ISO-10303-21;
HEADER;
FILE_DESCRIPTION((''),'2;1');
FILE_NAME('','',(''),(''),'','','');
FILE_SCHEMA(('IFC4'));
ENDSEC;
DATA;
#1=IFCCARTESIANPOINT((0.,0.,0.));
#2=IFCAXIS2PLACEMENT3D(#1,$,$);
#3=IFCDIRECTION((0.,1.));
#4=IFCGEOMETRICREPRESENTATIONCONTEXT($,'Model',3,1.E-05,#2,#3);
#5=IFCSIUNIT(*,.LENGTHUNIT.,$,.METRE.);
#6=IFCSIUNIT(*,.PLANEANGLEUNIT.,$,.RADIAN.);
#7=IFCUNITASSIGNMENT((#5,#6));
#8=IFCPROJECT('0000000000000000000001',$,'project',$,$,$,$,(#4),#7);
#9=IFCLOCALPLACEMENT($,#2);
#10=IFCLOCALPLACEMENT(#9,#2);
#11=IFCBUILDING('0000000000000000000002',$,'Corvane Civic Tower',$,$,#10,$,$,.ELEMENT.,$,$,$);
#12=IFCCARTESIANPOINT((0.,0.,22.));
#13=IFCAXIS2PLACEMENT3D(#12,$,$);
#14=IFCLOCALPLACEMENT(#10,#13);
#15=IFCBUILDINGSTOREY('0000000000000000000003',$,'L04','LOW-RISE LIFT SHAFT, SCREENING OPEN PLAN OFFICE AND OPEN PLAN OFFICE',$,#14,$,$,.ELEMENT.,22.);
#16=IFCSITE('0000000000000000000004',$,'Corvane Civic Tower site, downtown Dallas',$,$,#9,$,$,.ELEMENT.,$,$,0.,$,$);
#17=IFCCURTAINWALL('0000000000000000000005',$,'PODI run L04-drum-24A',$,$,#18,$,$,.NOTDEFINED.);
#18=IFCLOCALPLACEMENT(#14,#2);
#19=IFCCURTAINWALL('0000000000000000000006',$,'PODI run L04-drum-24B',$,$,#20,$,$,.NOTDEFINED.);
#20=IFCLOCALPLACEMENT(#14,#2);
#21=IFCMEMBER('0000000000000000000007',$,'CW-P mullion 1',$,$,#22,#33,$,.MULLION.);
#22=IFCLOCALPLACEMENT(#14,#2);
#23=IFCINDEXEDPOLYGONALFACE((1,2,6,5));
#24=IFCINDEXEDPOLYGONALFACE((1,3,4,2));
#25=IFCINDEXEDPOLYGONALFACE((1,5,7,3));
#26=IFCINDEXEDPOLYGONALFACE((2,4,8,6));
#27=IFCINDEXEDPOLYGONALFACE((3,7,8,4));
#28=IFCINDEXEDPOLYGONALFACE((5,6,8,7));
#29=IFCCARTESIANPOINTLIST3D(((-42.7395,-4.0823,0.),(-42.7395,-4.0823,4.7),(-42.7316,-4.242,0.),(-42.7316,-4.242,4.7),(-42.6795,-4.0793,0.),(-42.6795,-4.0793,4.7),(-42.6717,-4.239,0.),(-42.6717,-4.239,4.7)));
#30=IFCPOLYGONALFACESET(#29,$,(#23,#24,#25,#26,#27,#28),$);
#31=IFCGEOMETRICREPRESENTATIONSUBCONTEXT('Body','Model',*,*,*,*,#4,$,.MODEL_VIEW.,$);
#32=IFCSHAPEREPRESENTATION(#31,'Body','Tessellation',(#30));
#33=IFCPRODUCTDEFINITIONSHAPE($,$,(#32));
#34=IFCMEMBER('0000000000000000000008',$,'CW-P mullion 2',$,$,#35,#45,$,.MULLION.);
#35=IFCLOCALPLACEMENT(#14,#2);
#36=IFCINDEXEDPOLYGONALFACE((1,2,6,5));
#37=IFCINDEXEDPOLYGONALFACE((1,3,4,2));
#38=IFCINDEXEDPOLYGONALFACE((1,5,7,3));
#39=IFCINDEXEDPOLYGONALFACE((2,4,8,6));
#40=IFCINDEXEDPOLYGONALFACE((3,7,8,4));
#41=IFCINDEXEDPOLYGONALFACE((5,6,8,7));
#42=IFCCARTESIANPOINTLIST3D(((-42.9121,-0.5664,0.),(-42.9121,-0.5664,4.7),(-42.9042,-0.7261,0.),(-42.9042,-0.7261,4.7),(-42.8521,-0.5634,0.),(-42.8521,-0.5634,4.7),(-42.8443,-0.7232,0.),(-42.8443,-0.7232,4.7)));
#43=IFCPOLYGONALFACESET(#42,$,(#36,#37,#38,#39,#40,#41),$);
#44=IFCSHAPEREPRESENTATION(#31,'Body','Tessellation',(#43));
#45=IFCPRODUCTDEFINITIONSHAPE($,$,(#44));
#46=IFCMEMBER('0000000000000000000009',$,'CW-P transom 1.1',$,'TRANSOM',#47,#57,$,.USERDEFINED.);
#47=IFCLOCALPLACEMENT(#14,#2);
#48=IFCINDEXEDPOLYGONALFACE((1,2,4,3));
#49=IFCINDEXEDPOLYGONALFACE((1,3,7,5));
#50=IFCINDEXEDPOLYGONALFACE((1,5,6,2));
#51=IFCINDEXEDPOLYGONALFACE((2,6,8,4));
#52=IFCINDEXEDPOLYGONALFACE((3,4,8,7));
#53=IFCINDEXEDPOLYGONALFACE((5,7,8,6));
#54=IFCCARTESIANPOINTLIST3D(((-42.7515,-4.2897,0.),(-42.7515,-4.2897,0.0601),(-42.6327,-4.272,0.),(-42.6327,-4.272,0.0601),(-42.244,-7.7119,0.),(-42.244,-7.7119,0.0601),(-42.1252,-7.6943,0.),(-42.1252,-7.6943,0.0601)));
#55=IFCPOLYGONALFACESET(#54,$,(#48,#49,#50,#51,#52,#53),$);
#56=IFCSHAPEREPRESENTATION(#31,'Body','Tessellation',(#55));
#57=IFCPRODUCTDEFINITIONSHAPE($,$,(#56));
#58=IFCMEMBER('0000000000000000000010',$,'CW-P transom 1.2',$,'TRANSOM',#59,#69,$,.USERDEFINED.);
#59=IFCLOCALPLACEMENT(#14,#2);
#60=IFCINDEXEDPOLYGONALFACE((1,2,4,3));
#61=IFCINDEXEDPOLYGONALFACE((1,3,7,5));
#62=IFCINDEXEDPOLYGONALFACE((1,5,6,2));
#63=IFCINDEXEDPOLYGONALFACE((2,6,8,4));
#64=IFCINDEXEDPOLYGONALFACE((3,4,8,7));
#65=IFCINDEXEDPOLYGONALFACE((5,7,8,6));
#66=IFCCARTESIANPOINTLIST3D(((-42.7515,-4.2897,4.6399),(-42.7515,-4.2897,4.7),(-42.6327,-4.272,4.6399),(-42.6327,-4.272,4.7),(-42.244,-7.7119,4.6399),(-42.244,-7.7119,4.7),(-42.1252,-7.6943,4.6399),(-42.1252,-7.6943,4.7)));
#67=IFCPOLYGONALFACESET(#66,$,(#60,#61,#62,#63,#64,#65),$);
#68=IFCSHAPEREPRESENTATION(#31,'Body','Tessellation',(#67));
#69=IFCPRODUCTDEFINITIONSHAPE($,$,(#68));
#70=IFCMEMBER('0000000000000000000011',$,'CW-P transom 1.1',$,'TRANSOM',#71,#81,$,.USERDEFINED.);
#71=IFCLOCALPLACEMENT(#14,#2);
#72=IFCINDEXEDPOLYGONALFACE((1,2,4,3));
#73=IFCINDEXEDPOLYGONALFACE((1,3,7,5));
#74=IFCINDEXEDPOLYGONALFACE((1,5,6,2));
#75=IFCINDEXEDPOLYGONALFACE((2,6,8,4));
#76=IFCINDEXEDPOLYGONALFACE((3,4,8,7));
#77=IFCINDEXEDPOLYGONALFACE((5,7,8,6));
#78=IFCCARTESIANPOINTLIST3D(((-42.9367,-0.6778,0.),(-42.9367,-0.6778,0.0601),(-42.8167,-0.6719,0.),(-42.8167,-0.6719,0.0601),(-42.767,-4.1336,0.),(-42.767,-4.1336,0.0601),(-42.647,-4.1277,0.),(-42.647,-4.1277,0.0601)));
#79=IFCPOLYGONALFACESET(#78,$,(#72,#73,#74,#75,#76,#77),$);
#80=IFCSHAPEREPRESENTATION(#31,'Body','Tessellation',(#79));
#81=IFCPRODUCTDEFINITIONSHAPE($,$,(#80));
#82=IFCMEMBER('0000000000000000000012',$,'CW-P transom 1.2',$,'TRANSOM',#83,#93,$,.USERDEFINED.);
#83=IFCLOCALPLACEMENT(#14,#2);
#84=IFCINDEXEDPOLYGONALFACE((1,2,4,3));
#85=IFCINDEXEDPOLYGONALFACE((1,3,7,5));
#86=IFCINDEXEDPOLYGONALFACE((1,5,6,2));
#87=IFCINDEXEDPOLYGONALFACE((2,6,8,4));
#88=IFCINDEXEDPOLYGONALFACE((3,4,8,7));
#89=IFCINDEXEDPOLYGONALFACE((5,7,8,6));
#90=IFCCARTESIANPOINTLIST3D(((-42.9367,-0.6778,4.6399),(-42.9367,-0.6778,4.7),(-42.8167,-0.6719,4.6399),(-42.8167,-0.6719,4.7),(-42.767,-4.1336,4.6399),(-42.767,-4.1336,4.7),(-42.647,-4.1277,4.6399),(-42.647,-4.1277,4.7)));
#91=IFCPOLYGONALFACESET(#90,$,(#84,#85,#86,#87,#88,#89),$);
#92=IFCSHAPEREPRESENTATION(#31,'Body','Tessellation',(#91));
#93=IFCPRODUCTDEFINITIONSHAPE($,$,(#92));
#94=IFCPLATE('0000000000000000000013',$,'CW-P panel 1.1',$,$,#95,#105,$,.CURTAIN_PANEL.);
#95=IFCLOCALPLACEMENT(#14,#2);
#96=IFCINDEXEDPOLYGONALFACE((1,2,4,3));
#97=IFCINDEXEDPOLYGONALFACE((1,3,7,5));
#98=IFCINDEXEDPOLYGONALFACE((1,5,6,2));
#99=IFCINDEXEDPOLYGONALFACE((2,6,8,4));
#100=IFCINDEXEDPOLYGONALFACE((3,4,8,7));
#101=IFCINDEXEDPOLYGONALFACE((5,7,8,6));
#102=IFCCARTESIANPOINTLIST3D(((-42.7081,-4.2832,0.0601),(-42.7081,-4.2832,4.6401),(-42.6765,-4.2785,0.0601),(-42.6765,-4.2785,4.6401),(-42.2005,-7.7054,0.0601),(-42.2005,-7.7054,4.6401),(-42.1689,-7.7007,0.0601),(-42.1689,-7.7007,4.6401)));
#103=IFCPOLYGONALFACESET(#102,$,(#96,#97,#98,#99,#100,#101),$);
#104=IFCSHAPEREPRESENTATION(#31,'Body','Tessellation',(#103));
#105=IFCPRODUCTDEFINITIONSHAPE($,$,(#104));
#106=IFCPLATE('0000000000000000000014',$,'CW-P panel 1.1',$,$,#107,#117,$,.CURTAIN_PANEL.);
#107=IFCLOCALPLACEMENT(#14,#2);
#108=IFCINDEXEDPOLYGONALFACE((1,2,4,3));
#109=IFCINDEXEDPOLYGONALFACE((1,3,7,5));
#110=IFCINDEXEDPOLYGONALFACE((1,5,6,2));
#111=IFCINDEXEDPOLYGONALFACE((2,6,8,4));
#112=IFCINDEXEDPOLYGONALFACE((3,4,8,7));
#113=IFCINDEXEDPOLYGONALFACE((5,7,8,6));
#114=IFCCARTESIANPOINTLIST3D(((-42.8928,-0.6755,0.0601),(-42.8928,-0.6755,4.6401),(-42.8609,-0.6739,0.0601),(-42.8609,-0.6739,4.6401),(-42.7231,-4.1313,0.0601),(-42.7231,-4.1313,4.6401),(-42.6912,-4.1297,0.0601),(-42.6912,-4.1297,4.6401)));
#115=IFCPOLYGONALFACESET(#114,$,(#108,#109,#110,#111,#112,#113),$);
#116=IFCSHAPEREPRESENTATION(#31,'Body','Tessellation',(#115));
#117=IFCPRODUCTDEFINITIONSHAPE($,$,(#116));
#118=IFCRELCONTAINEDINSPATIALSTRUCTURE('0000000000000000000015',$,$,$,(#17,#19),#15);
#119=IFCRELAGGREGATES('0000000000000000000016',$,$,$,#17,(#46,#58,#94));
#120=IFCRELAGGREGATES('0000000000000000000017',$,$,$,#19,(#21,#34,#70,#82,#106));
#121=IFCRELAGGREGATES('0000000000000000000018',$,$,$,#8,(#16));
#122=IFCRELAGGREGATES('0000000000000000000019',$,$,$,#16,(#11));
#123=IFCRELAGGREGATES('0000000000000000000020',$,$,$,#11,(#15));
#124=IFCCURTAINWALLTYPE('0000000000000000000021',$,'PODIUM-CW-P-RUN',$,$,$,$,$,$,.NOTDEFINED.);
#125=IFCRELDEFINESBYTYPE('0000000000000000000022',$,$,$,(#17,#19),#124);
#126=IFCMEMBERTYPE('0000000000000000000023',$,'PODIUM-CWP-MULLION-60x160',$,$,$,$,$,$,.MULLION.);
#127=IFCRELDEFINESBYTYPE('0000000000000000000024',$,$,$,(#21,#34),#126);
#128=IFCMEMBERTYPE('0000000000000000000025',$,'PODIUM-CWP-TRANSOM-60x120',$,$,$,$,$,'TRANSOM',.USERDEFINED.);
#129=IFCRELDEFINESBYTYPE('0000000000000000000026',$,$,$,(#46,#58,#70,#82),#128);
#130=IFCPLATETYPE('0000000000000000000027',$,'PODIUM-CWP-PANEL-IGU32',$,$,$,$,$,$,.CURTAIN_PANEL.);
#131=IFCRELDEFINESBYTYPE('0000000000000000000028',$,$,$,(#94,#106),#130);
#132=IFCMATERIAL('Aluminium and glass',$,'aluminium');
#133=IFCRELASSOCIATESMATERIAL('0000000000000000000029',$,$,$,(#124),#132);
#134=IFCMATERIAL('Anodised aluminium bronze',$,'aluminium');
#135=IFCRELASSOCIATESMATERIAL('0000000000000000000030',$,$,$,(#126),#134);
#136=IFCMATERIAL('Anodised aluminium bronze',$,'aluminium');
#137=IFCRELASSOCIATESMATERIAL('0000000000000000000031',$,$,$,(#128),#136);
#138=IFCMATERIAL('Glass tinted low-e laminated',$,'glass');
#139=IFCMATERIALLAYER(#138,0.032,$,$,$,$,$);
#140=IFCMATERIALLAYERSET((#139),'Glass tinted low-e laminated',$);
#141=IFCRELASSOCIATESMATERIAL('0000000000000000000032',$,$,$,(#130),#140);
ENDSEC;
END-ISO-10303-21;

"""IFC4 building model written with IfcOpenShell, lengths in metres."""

from ifc_helpers import new_model, si_unit, direction, frame, origin, origin_2d, place, context, subcontext, project, spatial, rectangle, extrude, material, layer, layer_set, material_profile, profile_set, type_object, element, aggregate, save


model = new_model("IFC4")

# Units and contexts
model_context = context("Model", 3, precision=1e-05, world=origin(), true_north=direction((0.0, 1.0)))
body_context = subcontext(model_context, "Body", "Model", "MODEL_VIEW")
ifc_project = project(units=[si_unit("LENGTHUNIT", "METRE"), si_unit("PLANEANGLEUNIT", "RADIAN")], contexts=[model_context])

# Site, building, storey
site_placement = place(None, origin())
site = spatial("IfcSite", under=ifc_project, at=site_placement, Name="Corvane Civic Tower site, downtown Dallas", CompositionType="ELEMENT", RefElevation=0.0)
building_placement = place(site_placement, origin())
building = spatial("IfcBuilding", under=site, at=building_placement, Name="Corvane Civic Tower", CompositionType="ELEMENT")
storey_placement = place(building_placement, frame((0.0, 0.0, 22.0)))
storey = spatial("IfcBuildingStorey", under=building, at=storey_placement, Name="L04", Description="LOW-RISE LIFT SHAFT, SCREENING OPEN PLAN OFFICE AND OPEN PLAN OFFICE", CompositionType="ELEMENT", Elevation=22.0)

# Curtain walls, members
ifc_material_1 = material(Name="Aluminium and glass", Category="aluminium")
curtain_wall_type = type_object("IfcCurtainWallType", Name="PODIUM-CW-P-RUN", PredefinedType="NOTDEFINED", material=ifc_material_1)
curtain_wall_1_placement = place(storey_placement, origin())
curtain_wall_1 = element("IfcCurtainWall", 1, at=curtain_wall_1_placement, inside=storey, type_object=curtain_wall_type, Name="PODI run L04-drum-24A", PredefinedType="NOTDEFINED")
ifc_material_2 = material(Name="Anodised aluminium bronze", Category="aluminium")
ifc_material_profile_1 = material_profile(ifc_material_2, rectangle(XDim=0.0601, YDim=0.1599, at=origin_2d()), Name="AL 60x160")
ifc_profile_set_1 = profile_set([ifc_material_profile_1], Name="Anodised aluminium bronze")
member_type_1 = type_object("IfcMemberType", Name="PODIUM-CWP-MULLION-60x160", PredefinedType="MULLION", material=ifc_profile_set_1)
curtain_wall_2_placement = place(storey_placement, origin())
curtain_wall_2 = element("IfcCurtainWall", 2, at=curtain_wall_2_placement, inside=storey, type_object=curtain_wall_type, Name="PODI run L04-drum-24B", PredefinedType="NOTDEFINED")
member_1_placement = place(storey_placement, frame((-42.7056, -4.1606, 0.0), z_axis=(0.0, 0.0, 1.0), x_axis=(-0.998796, -0.04905, 0.0)))
member_1 = element("IfcMember", 3, at=member_1_placement, type_object=member_type_1, Name="CW-P mullion 1", PredefinedType="MULLION", context=body_context, shape_type="SweptSolid", body=[
    extrude(rectangle(XDim=0.0601, YDim=0.1599, at=origin_2d()), origin(), (0.0, 0.0, 1.0), 4.7),
])
member_2_placement = place(storey_placement, frame((-42.8782, -0.6448, 0.0), z_axis=(0.0, 0.0, 1.0), x_axis=(-0.998796, -0.04905, 0.0)))
member_2 = element("IfcMember", 4, at=member_2_placement, type_object=member_type_1, Name="CW-P mullion 2", PredefinedType="MULLION", context=body_context, shape_type="SweptSolid", body=[
    extrude(rectangle(XDim=0.0601, YDim=0.1599, at=origin_2d()), origin(), (0.0, 0.0, 1.0), 4.7),
])

# Members
ifc_material_3 = material(Name="Anodised aluminium bronze", Category="aluminium")
ifc_material_profile_2 = material_profile(ifc_material_3, rectangle(XDim=0.1201, YDim=0.0601, at=origin_2d()), Name="AL 120x60")
ifc_profile_set_2 = profile_set([ifc_material_profile_2], Name="Anodised aluminium bronze")
member_type_2 = type_object("IfcMemberType", Name="PODIUM-CWP-TRANSOM-60x120", ElementType="TRANSOM", PredefinedType="USERDEFINED", material=ifc_profile_set_2)
member_3_placement = place(storey_placement, frame((-42.1846, -7.7031, 0.03), z_axis=(-0.146705, 0.98918, 0.0), x_axis=(-0.98918, -0.146705, 0.0)))
member_3 = element("IfcMember", 5, at=member_3_placement, type_object=member_type_2, Name="CW-P transom 1.1", ObjectType="TRANSOM", PredefinedType="USERDEFINED", context=body_context, shape_type="SweptSolid", body=[
    extrude(rectangle(XDim=0.1201, YDim=0.0601, at=origin_2d()), origin(), (0.0, 0.0, 1.0), 3.4597),
])
member_4_placement = place(storey_placement, frame((-42.1846, -7.7031, 4.6699), z_axis=(-0.146705, 0.98918, 0.0), x_axis=(-0.98918, -0.146705, 0.0)))
member_4 = element("IfcMember", 6, at=member_4_placement, type_object=member_type_2, Name="CW-P transom 1.2", ObjectType="TRANSOM", PredefinedType="USERDEFINED", context=body_context, shape_type="SweptSolid", body=[
    extrude(rectangle(XDim=0.1201, YDim=0.0601, at=origin_2d()), origin(), (0.0, 0.0, 1.0), 3.4597),
])
member_5_placement = place(storey_placement, frame((-42.707, -4.1306, 0.03), z_axis=(-0.04904, 0.998797, 0.0), x_axis=(-0.998797, -0.04904, 0.0)))
member_5 = element("IfcMember", 7, at=member_5_placement, type_object=member_type_2, Name="CW-P transom 1.1", ObjectType="TRANSOM", PredefinedType="USERDEFINED", context=body_context, shape_type="SweptSolid", body=[
    extrude(rectangle(XDim=0.1201, YDim=0.0601, at=origin_2d()), origin(), (0.0, 0.0, 1.0), 3.46),
])
member_6_placement = place(storey_placement, frame((-42.707, -4.1306, 4.6699), z_axis=(-0.04904, 0.998797, 0.0), x_axis=(-0.998797, -0.04904, 0.0)))
member_6 = element("IfcMember", 8, at=member_6_placement, type_object=member_type_2, Name="CW-P transom 1.2", ObjectType="TRANSOM", PredefinedType="USERDEFINED", context=body_context, shape_type="SweptSolid", body=[
    extrude(rectangle(XDim=0.1201, YDim=0.0601, at=origin_2d()), origin(), (0.0, 0.0, 1.0), 3.46),
])

# Plates
ifc_material_4 = material(Name="Glass tinted low-e laminated", Category="glass")
ifc_layer_1 = layer(ifc_material_4, 0.032)
ifc_layer_set_1 = layer_set([ifc_layer_1], Name="Glass tinted low-e laminated")
plate_type = type_object("IfcPlateType", Name="PODIUM-CWP-PANEL-IGU32", PredefinedType="CURTAIN_PANEL", material=ifc_layer_set_1)
plate_1_placement = place(storey_placement, frame((-42.4385, -5.9919, 0.0601), z_axis=(0.0, 0.0, 1.0), x_axis=(-0.146715, 0.989179, 0.0)))
plate_1 = element("IfcPlate", 9, at=plate_1_placement, type_object=plate_type, Name="CW-P panel 1.1", PredefinedType="CURTAIN_PANEL", context=body_context, shape_type="SweptSolid", body=[
    extrude(rectangle(XDim=3.4597, YDim=0.032, at=origin_2d()), origin(), (0.0, 0.0, 1.0), 4.5801),
])
aggregate(curtain_wall_1, [member_3, member_4, plate_1])
plate_2_placement = place(storey_placement, frame((-42.792, -2.4026, 0.0601), z_axis=(0.0, 0.0, 1.0), x_axis=(-0.04905, 0.998796, 0.0)))
plate_2 = element("IfcPlate", 10, at=plate_2_placement, type_object=plate_type, Name="CW-P panel 1.1", PredefinedType="CURTAIN_PANEL", context=body_context, shape_type="SweptSolid", body=[
    extrude(rectangle(XDim=3.46, YDim=0.032, at=origin_2d()), origin(), (0.0, 0.0, 1.0), 4.5801),
])
aggregate(curtain_wall_2, [member_1, member_2, member_5, member_6, plate_2])

save(model, "model.ifc")
